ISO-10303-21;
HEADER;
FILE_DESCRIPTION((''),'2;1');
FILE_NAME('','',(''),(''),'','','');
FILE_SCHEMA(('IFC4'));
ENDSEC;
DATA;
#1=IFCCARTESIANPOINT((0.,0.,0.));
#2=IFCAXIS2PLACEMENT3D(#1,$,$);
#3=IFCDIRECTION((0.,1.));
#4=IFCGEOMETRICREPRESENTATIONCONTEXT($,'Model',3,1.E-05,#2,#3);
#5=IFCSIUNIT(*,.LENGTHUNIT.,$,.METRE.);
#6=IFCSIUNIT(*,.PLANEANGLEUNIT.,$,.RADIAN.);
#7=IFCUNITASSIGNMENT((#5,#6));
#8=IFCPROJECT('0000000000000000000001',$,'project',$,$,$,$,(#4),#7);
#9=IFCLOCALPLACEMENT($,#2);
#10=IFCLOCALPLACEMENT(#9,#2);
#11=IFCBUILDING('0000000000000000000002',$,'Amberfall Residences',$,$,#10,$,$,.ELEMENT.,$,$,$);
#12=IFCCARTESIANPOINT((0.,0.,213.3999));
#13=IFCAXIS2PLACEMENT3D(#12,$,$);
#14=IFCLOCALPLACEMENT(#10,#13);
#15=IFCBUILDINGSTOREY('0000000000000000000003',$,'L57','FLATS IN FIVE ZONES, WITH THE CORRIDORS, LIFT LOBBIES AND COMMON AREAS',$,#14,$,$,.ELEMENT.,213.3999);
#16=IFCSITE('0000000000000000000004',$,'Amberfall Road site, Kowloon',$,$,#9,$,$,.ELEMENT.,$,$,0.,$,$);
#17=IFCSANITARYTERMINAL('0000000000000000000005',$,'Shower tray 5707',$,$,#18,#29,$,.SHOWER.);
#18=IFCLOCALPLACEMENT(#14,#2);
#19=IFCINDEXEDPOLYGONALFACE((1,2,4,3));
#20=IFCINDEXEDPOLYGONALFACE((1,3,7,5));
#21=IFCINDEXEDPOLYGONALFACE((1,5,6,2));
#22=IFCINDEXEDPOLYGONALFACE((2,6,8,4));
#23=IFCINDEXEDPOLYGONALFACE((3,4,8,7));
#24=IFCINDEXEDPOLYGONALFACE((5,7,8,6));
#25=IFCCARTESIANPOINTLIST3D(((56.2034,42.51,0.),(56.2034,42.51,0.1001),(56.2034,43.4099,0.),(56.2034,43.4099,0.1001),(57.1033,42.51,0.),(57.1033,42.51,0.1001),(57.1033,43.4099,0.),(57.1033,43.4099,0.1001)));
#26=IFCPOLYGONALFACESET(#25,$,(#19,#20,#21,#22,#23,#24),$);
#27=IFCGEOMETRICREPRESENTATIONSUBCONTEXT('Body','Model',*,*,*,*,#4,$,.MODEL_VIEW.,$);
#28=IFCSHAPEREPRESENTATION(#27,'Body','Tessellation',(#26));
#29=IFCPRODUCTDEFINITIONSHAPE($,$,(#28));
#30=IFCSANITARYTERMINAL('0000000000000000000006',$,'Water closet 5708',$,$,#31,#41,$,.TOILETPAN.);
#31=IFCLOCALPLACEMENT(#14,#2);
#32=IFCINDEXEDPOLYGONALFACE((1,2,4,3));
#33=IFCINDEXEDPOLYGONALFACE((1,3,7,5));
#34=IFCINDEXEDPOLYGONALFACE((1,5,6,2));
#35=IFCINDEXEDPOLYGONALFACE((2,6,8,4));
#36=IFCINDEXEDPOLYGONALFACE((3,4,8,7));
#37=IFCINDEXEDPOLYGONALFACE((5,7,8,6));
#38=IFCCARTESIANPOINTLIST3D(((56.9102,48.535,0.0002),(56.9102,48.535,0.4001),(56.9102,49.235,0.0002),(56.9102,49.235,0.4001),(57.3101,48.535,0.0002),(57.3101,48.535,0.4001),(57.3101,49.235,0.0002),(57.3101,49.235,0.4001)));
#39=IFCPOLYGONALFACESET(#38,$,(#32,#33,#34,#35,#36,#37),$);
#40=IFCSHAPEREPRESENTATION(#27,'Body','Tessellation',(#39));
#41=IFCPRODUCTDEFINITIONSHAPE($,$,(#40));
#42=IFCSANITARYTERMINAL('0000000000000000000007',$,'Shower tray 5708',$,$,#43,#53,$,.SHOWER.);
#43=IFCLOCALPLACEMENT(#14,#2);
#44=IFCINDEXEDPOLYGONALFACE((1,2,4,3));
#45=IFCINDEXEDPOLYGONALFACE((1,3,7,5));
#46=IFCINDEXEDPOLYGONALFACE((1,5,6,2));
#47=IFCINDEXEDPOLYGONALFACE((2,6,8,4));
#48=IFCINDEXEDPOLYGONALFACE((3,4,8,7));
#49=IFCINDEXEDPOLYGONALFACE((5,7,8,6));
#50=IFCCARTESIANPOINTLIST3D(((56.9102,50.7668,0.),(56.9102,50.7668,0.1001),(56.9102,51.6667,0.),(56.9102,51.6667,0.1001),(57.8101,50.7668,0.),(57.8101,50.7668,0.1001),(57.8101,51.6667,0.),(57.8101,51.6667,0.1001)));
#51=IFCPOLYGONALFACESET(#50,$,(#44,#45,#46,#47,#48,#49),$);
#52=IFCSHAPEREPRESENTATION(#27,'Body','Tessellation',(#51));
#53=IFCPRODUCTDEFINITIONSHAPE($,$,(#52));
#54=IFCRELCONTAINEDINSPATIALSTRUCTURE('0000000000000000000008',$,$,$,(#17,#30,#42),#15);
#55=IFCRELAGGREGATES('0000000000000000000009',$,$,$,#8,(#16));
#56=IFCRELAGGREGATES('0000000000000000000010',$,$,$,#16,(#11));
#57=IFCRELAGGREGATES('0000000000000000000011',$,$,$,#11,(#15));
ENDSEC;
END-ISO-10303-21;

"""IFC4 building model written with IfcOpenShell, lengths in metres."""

from ifc_helpers import new_model, si_unit, direction, frame, origin, origin_2d, place, context, subcontext, project, spatial, rectangle, extrude, element, save


model = new_model("IFC4")

# Units and contexts
model_context = context("Model", 3, precision=1e-05, world=origin(), true_north=direction((0.0, 1.0)))
body_context = subcontext(model_context, "Body", "Model", "MODEL_VIEW")
ifc_project = project(units=[si_unit("LENGTHUNIT", "METRE"), si_unit("PLANEANGLEUNIT", "RADIAN")], contexts=[model_context])

# Site, building, storey
site_placement = place(None, origin())
site = spatial("IfcSite", under=ifc_project, at=site_placement, Name="Amberfall Road site, Kowloon", CompositionType="ELEMENT", RefElevation=0.0)
building_placement = place(site_placement, origin())
building = spatial("IfcBuilding", under=site, at=building_placement, Name="Amberfall Residences", CompositionType="ELEMENT")
storey_placement = place(building_placement, frame((0.0, 0.0, 213.3999)))
storey = spatial("IfcBuildingStorey", under=building, at=storey_placement, Name="L57", Description="FLATS IN FIVE ZONES, WITH THE CORRIDORS, LIFT LOBBIES AND COMMON AREAS", CompositionType="ELEMENT", Elevation=213.3999)

# Sanitary terminals
sanitary_terminal_1_placement = place(storey_placement, frame((56.6533, 42.96, 0.0), z_axis=(0.0, 0.0, 1.0), x_axis=(1.0, 0.0, 0.0)))
element("IfcSanitaryTerminal", 1, at=sanitary_terminal_1_placement, inside=storey, Name="Shower tray 5707", PredefinedType="SHOWER", context=body_context, shape_type="SweptSolid", body=[
    extrude(rectangle(XDim=0.8999, YDim=0.8999, at=origin_2d()), origin(), (0.0, 0.0, 1.0), 0.1001),
])
sanitary_terminal_2_placement = place(storey_placement, frame((57.1101, 48.885, 0.0002), z_axis=(0.0, 0.0, 1.0), x_axis=(1.0, 0.0, 0.0)))
element("IfcSanitaryTerminal", 2, at=sanitary_terminal_2_placement, inside=storey, Name="Water closet 5708", PredefinedType="TOILETPAN", context=body_context, shape_type="SweptSolid", body=[
    extrude(rectangle(XDim=0.3999, YDim=0.7, at=origin_2d()), origin(), (0.0, 0.0, 1.0), 0.3999),
])
sanitary_terminal_3_placement = place(storey_placement, frame((57.3601, 51.2168, 0.0), z_axis=(0.0, 0.0, 1.0), x_axis=(1.0, 0.0, 0.0)))
element("IfcSanitaryTerminal", 3, at=sanitary_terminal_3_placement, inside=storey, Name="Shower tray 5708", PredefinedType="SHOWER", context=body_context, shape_type="SweptSolid", body=[
    extrude(rectangle(XDim=0.8999, YDim=0.8999, at=origin_2d()), origin(), (0.0, 0.0, 1.0), 0.1001),
])

save(model, "model.ifc")
